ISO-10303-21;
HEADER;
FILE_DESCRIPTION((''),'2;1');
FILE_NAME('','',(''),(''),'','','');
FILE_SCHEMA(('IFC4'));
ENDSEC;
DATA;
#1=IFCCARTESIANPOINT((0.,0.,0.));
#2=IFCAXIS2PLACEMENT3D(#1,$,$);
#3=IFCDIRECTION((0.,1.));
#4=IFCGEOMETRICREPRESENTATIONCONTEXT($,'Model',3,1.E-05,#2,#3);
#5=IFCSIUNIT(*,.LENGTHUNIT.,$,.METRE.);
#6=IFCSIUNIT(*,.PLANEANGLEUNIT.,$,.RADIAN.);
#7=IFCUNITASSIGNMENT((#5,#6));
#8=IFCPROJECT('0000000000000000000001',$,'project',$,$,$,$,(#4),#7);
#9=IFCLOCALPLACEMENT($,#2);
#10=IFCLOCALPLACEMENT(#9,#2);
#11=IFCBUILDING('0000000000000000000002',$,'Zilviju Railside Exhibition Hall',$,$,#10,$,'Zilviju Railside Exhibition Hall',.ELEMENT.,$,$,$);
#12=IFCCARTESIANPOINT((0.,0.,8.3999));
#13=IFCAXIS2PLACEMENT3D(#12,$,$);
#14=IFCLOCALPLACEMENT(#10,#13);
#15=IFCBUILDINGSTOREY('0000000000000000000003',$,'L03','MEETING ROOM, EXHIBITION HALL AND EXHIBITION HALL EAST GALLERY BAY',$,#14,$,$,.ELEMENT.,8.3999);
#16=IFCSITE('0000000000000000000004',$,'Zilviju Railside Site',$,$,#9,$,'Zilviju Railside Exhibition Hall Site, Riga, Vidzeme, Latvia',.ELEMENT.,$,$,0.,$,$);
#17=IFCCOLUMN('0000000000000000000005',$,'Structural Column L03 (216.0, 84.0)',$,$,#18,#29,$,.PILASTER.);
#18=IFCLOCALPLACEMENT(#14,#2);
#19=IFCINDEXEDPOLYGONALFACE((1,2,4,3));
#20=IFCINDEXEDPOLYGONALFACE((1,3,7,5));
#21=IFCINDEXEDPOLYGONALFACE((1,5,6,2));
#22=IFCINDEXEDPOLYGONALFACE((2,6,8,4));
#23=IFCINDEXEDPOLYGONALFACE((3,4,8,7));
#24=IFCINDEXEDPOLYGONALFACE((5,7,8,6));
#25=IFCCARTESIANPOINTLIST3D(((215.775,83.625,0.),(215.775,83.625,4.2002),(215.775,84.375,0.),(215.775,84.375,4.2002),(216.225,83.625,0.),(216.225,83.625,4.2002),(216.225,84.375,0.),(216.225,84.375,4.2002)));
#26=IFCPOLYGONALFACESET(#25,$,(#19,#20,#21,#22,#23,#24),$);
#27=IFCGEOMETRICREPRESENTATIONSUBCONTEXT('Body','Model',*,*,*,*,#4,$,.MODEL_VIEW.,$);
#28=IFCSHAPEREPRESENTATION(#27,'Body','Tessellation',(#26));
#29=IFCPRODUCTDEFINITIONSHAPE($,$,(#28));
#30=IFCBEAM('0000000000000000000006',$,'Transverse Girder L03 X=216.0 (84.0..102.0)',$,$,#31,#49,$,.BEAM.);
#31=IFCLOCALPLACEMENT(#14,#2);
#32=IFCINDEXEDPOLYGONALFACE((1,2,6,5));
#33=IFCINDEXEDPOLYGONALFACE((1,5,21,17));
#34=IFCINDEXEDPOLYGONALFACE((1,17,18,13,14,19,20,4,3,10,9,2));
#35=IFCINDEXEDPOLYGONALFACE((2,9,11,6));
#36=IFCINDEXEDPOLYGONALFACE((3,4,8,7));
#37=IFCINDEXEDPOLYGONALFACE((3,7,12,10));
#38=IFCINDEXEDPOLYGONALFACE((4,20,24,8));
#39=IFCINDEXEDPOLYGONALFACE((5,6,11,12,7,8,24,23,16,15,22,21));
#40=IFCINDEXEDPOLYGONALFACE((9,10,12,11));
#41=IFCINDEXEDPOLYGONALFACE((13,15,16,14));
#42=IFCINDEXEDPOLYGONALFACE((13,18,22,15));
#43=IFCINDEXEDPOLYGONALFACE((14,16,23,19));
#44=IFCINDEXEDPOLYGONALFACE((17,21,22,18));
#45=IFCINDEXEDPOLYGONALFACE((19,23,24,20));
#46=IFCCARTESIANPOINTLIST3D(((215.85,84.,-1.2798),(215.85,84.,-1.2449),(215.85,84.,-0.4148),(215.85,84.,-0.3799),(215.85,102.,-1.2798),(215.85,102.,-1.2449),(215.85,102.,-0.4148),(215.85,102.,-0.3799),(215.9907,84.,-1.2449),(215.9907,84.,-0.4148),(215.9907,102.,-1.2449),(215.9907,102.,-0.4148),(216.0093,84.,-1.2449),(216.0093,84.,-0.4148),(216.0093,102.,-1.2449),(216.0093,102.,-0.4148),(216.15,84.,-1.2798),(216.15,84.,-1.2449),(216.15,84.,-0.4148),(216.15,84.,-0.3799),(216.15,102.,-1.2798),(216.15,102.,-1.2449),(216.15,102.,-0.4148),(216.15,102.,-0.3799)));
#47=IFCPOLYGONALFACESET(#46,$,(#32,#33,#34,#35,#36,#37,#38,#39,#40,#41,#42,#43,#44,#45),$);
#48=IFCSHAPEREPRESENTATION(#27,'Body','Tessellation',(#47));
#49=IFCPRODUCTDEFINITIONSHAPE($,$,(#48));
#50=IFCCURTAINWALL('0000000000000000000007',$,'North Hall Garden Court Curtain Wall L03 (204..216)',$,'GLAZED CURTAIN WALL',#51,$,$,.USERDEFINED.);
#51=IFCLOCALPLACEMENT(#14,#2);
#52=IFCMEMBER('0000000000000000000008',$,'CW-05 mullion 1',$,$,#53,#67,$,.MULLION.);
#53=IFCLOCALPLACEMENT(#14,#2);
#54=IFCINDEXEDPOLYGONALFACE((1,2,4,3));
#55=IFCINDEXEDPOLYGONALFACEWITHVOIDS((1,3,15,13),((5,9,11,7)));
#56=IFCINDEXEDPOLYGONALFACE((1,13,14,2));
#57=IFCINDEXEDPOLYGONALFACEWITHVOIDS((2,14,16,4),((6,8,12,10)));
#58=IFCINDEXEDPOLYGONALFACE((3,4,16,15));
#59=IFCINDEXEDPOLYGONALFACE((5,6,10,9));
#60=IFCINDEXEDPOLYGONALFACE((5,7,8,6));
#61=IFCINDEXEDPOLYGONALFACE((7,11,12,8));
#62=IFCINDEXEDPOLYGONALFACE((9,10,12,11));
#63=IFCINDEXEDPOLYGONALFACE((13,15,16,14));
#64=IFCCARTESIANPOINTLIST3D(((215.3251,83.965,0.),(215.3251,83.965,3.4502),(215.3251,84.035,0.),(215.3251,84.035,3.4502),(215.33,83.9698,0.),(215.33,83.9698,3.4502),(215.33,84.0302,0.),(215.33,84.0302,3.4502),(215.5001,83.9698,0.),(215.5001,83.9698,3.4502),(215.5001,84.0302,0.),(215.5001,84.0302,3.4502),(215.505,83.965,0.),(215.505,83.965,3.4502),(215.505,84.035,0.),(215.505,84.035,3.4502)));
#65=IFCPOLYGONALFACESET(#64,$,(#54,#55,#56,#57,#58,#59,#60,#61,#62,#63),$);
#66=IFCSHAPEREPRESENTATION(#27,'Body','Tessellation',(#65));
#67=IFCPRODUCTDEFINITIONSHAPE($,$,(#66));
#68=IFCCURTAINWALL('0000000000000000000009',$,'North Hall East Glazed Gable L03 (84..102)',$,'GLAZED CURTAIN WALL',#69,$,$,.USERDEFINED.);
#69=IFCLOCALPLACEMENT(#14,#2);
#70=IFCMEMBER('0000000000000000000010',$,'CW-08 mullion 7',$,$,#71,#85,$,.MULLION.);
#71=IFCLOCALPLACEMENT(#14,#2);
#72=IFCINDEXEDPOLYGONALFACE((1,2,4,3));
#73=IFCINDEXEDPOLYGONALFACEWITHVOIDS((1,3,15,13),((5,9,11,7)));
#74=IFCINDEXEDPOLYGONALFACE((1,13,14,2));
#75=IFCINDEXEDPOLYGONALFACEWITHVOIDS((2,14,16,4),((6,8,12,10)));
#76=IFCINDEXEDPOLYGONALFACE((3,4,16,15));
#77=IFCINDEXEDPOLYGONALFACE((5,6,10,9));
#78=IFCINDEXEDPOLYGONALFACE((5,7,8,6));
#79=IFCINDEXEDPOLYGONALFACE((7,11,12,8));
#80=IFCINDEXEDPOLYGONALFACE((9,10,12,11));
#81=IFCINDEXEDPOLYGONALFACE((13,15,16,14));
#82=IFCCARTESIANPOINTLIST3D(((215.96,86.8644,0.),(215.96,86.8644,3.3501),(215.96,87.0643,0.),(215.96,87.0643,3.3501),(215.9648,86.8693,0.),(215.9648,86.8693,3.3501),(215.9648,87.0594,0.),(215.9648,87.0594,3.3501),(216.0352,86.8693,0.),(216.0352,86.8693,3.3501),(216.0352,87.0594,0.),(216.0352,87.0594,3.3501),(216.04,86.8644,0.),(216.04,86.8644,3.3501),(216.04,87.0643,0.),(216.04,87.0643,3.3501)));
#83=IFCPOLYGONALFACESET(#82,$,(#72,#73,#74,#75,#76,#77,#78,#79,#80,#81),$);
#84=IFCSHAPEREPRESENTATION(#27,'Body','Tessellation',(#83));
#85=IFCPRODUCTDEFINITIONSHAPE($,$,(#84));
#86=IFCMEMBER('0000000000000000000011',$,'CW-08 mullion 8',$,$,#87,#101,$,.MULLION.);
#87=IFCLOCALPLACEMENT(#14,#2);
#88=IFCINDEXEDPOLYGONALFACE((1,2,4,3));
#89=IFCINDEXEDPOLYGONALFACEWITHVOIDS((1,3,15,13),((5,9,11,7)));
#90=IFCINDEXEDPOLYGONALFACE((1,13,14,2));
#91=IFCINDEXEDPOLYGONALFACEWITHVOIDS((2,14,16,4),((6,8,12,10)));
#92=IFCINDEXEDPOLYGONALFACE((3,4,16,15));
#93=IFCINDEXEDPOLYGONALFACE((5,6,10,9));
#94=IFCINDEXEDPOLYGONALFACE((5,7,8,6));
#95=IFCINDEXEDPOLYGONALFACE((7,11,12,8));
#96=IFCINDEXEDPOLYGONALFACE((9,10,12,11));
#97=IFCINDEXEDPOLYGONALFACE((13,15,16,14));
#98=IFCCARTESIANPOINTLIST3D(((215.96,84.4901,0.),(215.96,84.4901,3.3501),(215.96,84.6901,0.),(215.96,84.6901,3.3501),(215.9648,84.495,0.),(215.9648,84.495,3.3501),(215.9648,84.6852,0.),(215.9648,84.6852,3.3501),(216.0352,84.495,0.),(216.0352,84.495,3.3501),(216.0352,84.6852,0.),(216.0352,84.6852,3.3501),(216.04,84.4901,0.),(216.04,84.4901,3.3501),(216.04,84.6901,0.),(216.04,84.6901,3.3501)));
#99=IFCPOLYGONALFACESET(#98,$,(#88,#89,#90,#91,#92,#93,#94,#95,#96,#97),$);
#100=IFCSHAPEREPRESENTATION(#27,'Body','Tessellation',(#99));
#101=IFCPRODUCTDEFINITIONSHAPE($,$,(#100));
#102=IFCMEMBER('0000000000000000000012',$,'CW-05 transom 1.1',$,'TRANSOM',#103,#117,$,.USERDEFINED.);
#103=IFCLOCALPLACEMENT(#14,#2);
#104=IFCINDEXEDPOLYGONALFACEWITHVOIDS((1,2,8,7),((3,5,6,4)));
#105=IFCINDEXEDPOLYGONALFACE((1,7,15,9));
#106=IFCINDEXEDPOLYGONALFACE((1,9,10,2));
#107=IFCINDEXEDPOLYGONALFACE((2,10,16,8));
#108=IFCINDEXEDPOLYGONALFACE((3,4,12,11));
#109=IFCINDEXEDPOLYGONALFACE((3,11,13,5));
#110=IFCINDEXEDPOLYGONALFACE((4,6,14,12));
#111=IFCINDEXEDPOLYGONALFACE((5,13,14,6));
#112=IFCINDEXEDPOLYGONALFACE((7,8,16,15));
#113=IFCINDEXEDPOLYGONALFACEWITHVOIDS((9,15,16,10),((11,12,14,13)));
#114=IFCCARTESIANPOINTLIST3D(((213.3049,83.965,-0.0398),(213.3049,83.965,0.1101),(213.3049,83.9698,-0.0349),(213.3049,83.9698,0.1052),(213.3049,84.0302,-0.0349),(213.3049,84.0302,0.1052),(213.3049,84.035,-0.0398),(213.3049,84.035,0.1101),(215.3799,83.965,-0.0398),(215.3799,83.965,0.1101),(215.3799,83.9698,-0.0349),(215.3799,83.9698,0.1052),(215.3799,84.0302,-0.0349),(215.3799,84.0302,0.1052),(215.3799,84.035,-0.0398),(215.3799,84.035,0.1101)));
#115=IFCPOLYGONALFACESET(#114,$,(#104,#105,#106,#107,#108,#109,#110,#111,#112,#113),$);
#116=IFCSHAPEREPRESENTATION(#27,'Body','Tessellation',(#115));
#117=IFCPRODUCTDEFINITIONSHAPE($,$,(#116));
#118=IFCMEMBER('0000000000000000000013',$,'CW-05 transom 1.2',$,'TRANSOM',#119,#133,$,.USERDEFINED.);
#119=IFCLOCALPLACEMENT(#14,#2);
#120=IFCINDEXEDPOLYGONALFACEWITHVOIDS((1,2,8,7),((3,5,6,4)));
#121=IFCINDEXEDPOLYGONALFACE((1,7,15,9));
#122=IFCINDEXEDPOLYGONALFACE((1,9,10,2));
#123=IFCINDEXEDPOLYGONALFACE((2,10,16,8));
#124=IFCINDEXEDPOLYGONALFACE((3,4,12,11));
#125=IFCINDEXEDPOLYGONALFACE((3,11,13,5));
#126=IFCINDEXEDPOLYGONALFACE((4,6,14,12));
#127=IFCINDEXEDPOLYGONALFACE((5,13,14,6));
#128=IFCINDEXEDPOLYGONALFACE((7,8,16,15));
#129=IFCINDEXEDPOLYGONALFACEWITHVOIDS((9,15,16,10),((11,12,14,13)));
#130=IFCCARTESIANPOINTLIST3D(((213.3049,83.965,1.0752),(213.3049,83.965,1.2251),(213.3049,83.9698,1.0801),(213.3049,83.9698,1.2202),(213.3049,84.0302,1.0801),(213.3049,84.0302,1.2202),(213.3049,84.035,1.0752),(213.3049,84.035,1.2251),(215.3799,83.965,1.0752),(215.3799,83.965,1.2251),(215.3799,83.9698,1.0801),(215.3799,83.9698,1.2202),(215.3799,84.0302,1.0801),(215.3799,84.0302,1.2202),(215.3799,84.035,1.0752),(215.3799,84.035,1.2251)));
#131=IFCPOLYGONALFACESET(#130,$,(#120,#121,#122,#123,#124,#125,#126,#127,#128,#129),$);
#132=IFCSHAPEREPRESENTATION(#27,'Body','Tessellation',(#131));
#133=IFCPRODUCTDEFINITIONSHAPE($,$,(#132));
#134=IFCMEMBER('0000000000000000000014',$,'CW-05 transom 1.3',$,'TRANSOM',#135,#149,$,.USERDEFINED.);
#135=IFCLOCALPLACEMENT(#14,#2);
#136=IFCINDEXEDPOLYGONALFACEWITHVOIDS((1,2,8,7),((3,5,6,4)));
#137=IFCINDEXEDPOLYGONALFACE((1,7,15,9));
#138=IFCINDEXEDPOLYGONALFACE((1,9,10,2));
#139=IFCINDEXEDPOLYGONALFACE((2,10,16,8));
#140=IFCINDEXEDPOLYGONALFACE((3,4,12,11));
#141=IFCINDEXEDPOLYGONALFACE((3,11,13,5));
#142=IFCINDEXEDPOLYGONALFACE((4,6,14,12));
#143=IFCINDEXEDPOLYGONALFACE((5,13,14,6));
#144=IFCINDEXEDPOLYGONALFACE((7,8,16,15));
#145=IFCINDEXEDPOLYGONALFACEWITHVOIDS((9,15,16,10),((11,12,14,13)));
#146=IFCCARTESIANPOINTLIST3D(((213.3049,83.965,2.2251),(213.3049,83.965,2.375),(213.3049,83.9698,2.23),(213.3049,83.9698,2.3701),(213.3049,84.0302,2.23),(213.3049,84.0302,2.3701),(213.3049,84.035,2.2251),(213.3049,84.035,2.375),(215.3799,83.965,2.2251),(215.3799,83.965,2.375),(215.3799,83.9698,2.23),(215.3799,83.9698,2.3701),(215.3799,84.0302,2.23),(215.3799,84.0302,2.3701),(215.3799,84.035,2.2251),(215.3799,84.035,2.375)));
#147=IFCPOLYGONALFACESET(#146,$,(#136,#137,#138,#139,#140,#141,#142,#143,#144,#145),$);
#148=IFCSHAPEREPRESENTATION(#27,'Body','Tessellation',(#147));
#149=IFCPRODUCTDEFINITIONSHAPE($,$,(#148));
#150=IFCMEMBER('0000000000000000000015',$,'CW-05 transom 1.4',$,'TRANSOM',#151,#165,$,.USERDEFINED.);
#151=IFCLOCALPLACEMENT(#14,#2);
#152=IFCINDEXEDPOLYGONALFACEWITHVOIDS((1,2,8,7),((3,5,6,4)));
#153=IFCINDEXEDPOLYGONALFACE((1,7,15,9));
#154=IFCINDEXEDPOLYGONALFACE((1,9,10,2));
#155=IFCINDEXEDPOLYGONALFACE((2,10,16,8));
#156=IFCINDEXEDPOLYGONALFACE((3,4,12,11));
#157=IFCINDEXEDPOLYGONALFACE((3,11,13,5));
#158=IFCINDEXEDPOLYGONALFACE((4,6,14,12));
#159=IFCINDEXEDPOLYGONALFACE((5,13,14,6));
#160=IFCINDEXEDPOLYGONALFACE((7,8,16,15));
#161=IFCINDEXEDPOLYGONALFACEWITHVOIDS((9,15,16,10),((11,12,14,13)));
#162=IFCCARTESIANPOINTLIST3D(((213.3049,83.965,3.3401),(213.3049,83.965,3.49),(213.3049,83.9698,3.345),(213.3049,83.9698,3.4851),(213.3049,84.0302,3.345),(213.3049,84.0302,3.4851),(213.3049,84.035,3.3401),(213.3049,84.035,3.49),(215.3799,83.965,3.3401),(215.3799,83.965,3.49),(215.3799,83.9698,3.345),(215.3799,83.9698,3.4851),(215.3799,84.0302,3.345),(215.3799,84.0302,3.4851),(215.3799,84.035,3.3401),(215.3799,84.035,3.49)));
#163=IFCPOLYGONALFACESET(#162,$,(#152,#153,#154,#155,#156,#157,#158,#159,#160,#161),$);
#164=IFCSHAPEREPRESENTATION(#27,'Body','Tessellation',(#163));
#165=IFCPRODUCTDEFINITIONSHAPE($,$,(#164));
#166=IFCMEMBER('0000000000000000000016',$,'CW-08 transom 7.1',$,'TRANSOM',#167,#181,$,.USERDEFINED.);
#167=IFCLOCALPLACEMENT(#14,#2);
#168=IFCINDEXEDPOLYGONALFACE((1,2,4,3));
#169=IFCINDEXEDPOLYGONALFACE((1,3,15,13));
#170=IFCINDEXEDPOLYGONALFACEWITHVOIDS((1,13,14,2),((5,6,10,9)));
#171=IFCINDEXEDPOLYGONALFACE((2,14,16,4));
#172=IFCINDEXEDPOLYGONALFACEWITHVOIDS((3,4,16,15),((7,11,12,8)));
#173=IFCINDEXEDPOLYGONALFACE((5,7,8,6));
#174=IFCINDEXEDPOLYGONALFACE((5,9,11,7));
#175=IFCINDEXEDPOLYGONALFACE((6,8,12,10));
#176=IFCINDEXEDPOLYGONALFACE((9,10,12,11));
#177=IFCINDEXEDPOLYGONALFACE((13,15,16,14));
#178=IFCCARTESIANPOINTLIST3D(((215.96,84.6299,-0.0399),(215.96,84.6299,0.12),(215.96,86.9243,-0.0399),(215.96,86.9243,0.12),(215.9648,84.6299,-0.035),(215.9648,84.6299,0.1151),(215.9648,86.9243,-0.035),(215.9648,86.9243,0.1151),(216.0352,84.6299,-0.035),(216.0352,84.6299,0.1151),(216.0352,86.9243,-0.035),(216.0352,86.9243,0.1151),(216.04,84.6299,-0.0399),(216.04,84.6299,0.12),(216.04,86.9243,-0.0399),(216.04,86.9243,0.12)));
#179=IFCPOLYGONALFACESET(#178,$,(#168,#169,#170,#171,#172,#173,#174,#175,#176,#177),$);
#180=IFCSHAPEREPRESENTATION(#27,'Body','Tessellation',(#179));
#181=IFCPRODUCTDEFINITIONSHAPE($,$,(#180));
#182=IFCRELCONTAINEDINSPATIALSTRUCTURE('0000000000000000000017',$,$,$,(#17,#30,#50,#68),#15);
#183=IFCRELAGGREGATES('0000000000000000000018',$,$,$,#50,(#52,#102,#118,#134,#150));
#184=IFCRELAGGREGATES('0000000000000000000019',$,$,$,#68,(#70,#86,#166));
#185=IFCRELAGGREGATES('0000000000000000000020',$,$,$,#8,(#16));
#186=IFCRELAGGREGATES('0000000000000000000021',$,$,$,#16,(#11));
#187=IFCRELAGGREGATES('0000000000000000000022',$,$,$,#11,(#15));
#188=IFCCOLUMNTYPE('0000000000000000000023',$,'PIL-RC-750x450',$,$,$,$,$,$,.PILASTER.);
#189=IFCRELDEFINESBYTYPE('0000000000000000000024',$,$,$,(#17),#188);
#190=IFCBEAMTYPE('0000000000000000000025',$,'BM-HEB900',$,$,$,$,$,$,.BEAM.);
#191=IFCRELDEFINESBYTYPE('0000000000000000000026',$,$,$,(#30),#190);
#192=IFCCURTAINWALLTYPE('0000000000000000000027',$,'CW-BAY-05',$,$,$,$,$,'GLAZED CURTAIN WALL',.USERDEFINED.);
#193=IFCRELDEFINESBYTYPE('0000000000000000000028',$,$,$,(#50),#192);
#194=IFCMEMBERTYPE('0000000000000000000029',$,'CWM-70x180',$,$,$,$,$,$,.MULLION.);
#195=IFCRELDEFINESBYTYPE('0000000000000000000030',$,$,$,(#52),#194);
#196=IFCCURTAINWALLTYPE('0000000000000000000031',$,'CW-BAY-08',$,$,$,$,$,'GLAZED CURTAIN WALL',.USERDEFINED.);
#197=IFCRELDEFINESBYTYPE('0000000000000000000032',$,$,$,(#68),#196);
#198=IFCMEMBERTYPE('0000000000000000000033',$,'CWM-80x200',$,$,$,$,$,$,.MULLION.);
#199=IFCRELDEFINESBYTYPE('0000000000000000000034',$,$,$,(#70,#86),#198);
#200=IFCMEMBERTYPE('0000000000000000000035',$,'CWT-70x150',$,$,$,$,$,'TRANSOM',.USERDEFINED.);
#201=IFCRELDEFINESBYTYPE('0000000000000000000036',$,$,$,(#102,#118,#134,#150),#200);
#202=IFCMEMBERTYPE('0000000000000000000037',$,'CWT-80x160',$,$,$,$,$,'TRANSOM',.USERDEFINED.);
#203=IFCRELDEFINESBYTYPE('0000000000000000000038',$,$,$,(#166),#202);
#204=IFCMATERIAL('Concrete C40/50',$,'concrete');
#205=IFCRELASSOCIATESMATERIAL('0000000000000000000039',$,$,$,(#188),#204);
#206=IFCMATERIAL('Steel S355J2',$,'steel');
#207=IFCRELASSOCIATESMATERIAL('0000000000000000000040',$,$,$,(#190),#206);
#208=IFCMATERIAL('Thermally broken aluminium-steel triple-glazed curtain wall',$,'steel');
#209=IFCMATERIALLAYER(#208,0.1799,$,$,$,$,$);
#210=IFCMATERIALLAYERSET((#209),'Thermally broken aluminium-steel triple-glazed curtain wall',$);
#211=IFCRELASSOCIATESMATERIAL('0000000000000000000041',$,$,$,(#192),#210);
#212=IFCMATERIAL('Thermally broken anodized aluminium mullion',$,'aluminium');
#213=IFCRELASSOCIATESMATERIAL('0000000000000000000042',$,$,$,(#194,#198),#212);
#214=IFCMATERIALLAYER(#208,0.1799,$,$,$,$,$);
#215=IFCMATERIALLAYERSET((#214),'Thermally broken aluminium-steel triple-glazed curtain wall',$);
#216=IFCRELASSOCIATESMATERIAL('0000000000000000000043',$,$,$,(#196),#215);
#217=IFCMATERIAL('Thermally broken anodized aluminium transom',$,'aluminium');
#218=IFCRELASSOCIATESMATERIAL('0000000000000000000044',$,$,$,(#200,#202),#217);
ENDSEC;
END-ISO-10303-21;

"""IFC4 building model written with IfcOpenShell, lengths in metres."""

from ifc_helpers import new_model, si_unit, direction, frame, origin, origin_2d, place, context, subcontext, project, spatial, rectangle, hollow_rectangle, i_section, extrude, material, layer, layer_set, material_profile, profile_set, type_object, element, aggregate, save


model = new_model("IFC4")

# Units and contexts
model_context = context("Model", 3, precision=1e-05, world=origin(), true_north=direction((0.0, 1.0)))
body_context = subcontext(model_context, "Body", "Model", "MODEL_VIEW")
ifc_project = project(units=[si_unit("LENGTHUNIT", "METRE"), si_unit("PLANEANGLEUNIT", "RADIAN")], contexts=[model_context])

# Site, building, storey
site_placement = place(None, origin())
site = spatial("IfcSite", under=ifc_project, at=site_placement, Name="Zilviju Railside Site", LongName="Zilviju Railside Exhibition Hall Site, Riga, Vidzeme, Latvia", CompositionType="ELEMENT", RefElevation=0.0)
building_placement = place(site_placement, origin())
building = spatial("IfcBuilding", under=site, at=building_placement, Name="Zilviju Railside Exhibition Hall", LongName="Zilviju Railside Exhibition Hall", CompositionType="ELEMENT")
storey_placement = place(building_placement, frame((0.0, 0.0, 8.3999)))
storey = spatial("IfcBuildingStorey", under=building, at=storey_placement, Name="L03", Description="MEETING ROOM, EXHIBITION HALL AND EXHIBITION HALL EAST GALLERY BAY", CompositionType="ELEMENT", Elevation=8.3999)

# Column
ifc_material_1 = material(Name="Concrete C40/50", Category="concrete")
ifc_material_profile_1 = material_profile(ifc_material_1, rectangle(XDim=0.45, YDim=0.75, at=origin_2d()), Name="RC COL 450x750")
ifc_profile_set_1 = profile_set([ifc_material_profile_1], Name="Concrete C40/50")
column_type = type_object("IfcColumnType", Name="PIL-RC-750x450", PredefinedType="PILASTER", material=ifc_profile_set_1)
column_placement = place(storey_placement, frame((216.0, 84.0, 0.0), z_axis=(0.0, 0.0, 1.0), x_axis=(1.0, 0.0, 0.0)))
element("IfcColumn", 1, at=column_placement, inside=storey, type_object=column_type, Name="Structural Column L03 (216.0, 84.0)", PredefinedType="PILASTER", context=body_context, shape_type="SweptSolid", body=[
    extrude(rectangle(XDim=0.45, YDim=0.75, at=origin_2d()), origin(), (0.0, 0.0, 1.0), 4.2002),
])

# Beam
ifc_material_2 = material(Name="Steel S355J2", Category="steel")
ifc_material_profile_2 = material_profile(ifc_material_2, i_section(OverallWidth=0.3, OverallDepth=0.8999, WebThickness=0.0186, FlangeThickness=0.0349, at=origin_2d()), Name="HEB 900")
ifc_profile_set_2 = profile_set([ifc_material_profile_2], Name="Steel S355J2")
beam_type = type_object("IfcBeamType", Name="BM-HEB900", PredefinedType="BEAM", material=ifc_profile_set_2)
beam_placement = place(storey_placement, frame((216.0, 84.0, -0.8298), z_axis=(0.0, 1.0, 0.0), x_axis=(-1.0, 0.0, 0.0)))
element("IfcBeam", 2, at=beam_placement, inside=storey, type_object=beam_type, Name="Transverse Girder L03 X=216.0 (84.0..102.0)", PredefinedType="BEAM", context=body_context, shape_type="SweptSolid", body=[
    extrude(i_section(OverallWidth=0.3, OverallDepth=0.8999, WebThickness=0.0186, FlangeThickness=0.0349, at=origin_2d()), origin(), (0.0, 0.0, 1.0), 18.0),
])

# Curtain wall, member
ifc_material_3 = material(Name="Thermally broken aluminium-steel triple-glazed curtain wall", Category="steel")
ifc_layer_1 = layer(ifc_material_3, 0.1799)
ifc_layer_set_1 = layer_set([ifc_layer_1], Name="Thermally broken aluminium-steel triple-glazed curtain wall")
curtain_wall_type_1 = type_object("IfcCurtainWallType", Name="CW-BAY-05", ElementType="GLAZED CURTAIN WALL", PredefinedType="USERDEFINED", material=ifc_layer_set_1)
curtain_wall_1_placement = place(storey_placement, origin())
curtain_wall_1 = element("IfcCurtainWall", 3, at=curtain_wall_1_placement, inside=storey, type_object=curtain_wall_type_1, Name="North Hall Garden Court Curtain Wall L03 (204..216)", ObjectType="GLAZED CURTAIN WALL", PredefinedType="USERDEFINED")
ifc_material_4 = material(Name="Thermally broken anodized aluminium mullion", Category="aluminium")
ifc_material_profile_3 = material_profile(ifc_material_4, hollow_rectangle(XDim=0.0701, YDim=0.1799, WallThickness=0.0049, at=origin_2d()), Name="MULLION 180x70x5")
ifc_profile_set_3 = profile_set([ifc_material_profile_3], Name="Thermally broken anodized aluminium mullion")
member_type_1 = type_object("IfcMemberType", Name="CWM-70x180", PredefinedType="MULLION", material=ifc_profile_set_3)
member_1_placement = place(storey_placement, frame((215.415, 84.0, 0.0), z_axis=(0.0, 0.0, 1.0), x_axis=(0.0, -1.0, 0.0)))
member_1 = element("IfcMember", 4, at=member_1_placement, type_object=member_type_1, Name="CW-05 mullion 1", PredefinedType="MULLION", context=body_context, shape_type="SweptSolid", body=[
    extrude(hollow_rectangle(XDim=0.0701, YDim=0.1799, WallThickness=0.0049, at=origin_2d()), origin(), (0.0, 0.0, 1.0), 3.4502),
])

# Curtain wall, members
ifc_layer_2 = layer(ifc_material_3, 0.1799)
ifc_layer_set_2 = layer_set([ifc_layer_2], Name="Thermally broken aluminium-steel triple-glazed curtain wall")
curtain_wall_type_2 = type_object("IfcCurtainWallType", Name="CW-BAY-08", ElementType="GLAZED CURTAIN WALL", PredefinedType="USERDEFINED", material=ifc_layer_set_2)
curtain_wall_2_placement = place(storey_placement, origin())
curtain_wall_2 = element("IfcCurtainWall", 5, at=curtain_wall_2_placement, inside=storey, type_object=curtain_wall_type_2, Name="North Hall East Glazed Gable L03 (84..102)", ObjectType="GLAZED CURTAIN WALL", PredefinedType="USERDEFINED")
ifc_material_profile_4 = material_profile(ifc_material_4, hollow_rectangle(XDim=0.0801, YDim=0.2, WallThickness=0.0049, at=origin_2d()), Name="MULLION 200x80x5")
ifc_profile_set_4 = profile_set([ifc_material_profile_4], Name="Thermally broken anodized aluminium mullion")
member_type_2 = type_object("IfcMemberType", Name="CWM-80x200", PredefinedType="MULLION", material=ifc_profile_set_4)
member_2_placement = place(storey_placement, frame((216.0, 86.9644, 0.0), z_axis=(0.0, 0.0, 1.0), x_axis=(1.0, 0.0, 0.0)))
member_2 = element("IfcMember", 6, at=member_2_placement, type_object=member_type_2, Name="CW-08 mullion 7", PredefinedType="MULLION", context=body_context, shape_type="SweptSolid", body=[
    extrude(hollow_rectangle(XDim=0.0801, YDim=0.2, WallThickness=0.0049, at=origin_2d()), origin(), (0.0, 0.0, 1.0), 3.3501),
])
member_3_placement = place(storey_placement, frame((216.0, 84.5901, 0.0), z_axis=(0.0, 0.0, 1.0), x_axis=(1.0, 0.0, 0.0)))
member_3 = element("IfcMember", 7, at=member_3_placement, type_object=member_type_2, Name="CW-08 mullion 8", PredefinedType="MULLION", context=body_context, shape_type="SweptSolid", body=[
    extrude(hollow_rectangle(XDim=0.0801, YDim=0.2, WallThickness=0.0049, at=origin_2d()), origin(), (0.0, 0.0, 1.0), 3.3501),
])

# Members
ifc_material_5 = material(Name="Thermally broken anodized aluminium transom", Category="aluminium")
ifc_material_profile_5 = material_profile(ifc_material_5, hollow_rectangle(XDim=0.0701, YDim=0.1499, WallThickness=0.0049, at=origin_2d()), Name="TRANSOM 150x70x5")
ifc_profile_set_5 = profile_set([ifc_material_profile_5], Name="Thermally broken anodized aluminium transom")
member_type_3 = type_object("IfcMemberType", Name="CWT-70x150", ElementType="TRANSOM", PredefinedType="USERDEFINED", material=ifc_profile_set_5)
member_4_placement = place(storey_placement, frame((215.3799, 84.0, 0.0352), z_axis=(-1.0, 0.0, 0.0), x_axis=(0.0, -1.0, 0.0)))
member_4 = element("IfcMember", 8, at=member_4_placement, type_object=member_type_3, Name="CW-05 transom 1.1", ObjectType="TRANSOM", PredefinedType="USERDEFINED", context=body_context, shape_type="SweptSolid", body=[
    extrude(hollow_rectangle(XDim=0.0701, YDim=0.1499, WallThickness=0.0049, at=origin_2d()), origin(), (0.0, 0.0, 1.0), 2.075),
])
member_5_placement = place(storey_placement, frame((215.3799, 84.0, 1.1501), z_axis=(-1.0, 0.0, 0.0), x_axis=(0.0, -1.0, 0.0)))
member_5 = element("IfcMember", 9, at=member_5_placement, type_object=member_type_3, Name="CW-05 transom 1.2", ObjectType="TRANSOM", PredefinedType="USERDEFINED", context=body_context, shape_type="SweptSolid", body=[
    extrude(hollow_rectangle(XDim=0.0701, YDim=0.1499, WallThickness=0.0049, at=origin_2d()), origin(), (0.0, 0.0, 1.0), 2.075),
])
member_6_placement = place(storey_placement, frame((215.3799, 84.0, 2.3), z_axis=(-1.0, 0.0, 0.0), x_axis=(0.0, -1.0, 0.0)))
member_6 = element("IfcMember", 10, at=member_6_placement, type_object=member_type_3, Name="CW-05 transom 1.3", ObjectType="TRANSOM", PredefinedType="USERDEFINED", context=body_context, shape_type="SweptSolid", body=[
    extrude(hollow_rectangle(XDim=0.0701, YDim=0.1499, WallThickness=0.0049, at=origin_2d()), origin(), (0.0, 0.0, 1.0), 2.075),
])
member_7_placement = place(storey_placement, frame((215.3799, 84.0, 3.415), z_axis=(-1.0, 0.0, 0.0), x_axis=(0.0, -1.0, 0.0)))
member_7 = element("IfcMember", 11, at=member_7_placement, type_object=member_type_3, Name="CW-05 transom 1.4", ObjectType="TRANSOM", PredefinedType="USERDEFINED", context=body_context, shape_type="SweptSolid", body=[
    extrude(hollow_rectangle(XDim=0.0701, YDim=0.1499, WallThickness=0.0049, at=origin_2d()), origin(), (0.0, 0.0, 1.0), 2.075),
])
ifc_material_profile_6 = material_profile(ifc_material_5, hollow_rectangle(XDim=0.0801, YDim=0.1599, WallThickness=0.0049, at=origin_2d()), Name="TRANSOM 160x80x5")
ifc_profile_set_6 = profile_set([ifc_material_profile_6], Name="Thermally broken anodized aluminium transom")
member_type_4 = type_object("IfcMemberType", Name="CWT-80x160", ElementType="TRANSOM", PredefinedType="USERDEFINED", material=ifc_profile_set_6)
member_8_placement = place(storey_placement, frame((216.0, 86.9243, 0.04), z_axis=(0.0, -1.0, 0.0), x_axis=(1.0, 0.0, 0.0)))
member_8 = element("IfcMember", 12, at=member_8_placement, type_object=member_type_4, Name="CW-08 transom 7.1", ObjectType="TRANSOM", PredefinedType="USERDEFINED", context=body_context, shape_type="SweptSolid", body=[
    extrude(hollow_rectangle(XDim=0.0801, YDim=0.1599, WallThickness=0.0049, at=origin_2d()), origin(), (0.0, 0.0, 1.0), 2.2944),
])

aggregate(curtain_wall_1, [member_1, member_4, member_5, member_6, member_7])
aggregate(curtain_wall_2, [member_2, member_3, member_8])

save(model, "model.ifc")
